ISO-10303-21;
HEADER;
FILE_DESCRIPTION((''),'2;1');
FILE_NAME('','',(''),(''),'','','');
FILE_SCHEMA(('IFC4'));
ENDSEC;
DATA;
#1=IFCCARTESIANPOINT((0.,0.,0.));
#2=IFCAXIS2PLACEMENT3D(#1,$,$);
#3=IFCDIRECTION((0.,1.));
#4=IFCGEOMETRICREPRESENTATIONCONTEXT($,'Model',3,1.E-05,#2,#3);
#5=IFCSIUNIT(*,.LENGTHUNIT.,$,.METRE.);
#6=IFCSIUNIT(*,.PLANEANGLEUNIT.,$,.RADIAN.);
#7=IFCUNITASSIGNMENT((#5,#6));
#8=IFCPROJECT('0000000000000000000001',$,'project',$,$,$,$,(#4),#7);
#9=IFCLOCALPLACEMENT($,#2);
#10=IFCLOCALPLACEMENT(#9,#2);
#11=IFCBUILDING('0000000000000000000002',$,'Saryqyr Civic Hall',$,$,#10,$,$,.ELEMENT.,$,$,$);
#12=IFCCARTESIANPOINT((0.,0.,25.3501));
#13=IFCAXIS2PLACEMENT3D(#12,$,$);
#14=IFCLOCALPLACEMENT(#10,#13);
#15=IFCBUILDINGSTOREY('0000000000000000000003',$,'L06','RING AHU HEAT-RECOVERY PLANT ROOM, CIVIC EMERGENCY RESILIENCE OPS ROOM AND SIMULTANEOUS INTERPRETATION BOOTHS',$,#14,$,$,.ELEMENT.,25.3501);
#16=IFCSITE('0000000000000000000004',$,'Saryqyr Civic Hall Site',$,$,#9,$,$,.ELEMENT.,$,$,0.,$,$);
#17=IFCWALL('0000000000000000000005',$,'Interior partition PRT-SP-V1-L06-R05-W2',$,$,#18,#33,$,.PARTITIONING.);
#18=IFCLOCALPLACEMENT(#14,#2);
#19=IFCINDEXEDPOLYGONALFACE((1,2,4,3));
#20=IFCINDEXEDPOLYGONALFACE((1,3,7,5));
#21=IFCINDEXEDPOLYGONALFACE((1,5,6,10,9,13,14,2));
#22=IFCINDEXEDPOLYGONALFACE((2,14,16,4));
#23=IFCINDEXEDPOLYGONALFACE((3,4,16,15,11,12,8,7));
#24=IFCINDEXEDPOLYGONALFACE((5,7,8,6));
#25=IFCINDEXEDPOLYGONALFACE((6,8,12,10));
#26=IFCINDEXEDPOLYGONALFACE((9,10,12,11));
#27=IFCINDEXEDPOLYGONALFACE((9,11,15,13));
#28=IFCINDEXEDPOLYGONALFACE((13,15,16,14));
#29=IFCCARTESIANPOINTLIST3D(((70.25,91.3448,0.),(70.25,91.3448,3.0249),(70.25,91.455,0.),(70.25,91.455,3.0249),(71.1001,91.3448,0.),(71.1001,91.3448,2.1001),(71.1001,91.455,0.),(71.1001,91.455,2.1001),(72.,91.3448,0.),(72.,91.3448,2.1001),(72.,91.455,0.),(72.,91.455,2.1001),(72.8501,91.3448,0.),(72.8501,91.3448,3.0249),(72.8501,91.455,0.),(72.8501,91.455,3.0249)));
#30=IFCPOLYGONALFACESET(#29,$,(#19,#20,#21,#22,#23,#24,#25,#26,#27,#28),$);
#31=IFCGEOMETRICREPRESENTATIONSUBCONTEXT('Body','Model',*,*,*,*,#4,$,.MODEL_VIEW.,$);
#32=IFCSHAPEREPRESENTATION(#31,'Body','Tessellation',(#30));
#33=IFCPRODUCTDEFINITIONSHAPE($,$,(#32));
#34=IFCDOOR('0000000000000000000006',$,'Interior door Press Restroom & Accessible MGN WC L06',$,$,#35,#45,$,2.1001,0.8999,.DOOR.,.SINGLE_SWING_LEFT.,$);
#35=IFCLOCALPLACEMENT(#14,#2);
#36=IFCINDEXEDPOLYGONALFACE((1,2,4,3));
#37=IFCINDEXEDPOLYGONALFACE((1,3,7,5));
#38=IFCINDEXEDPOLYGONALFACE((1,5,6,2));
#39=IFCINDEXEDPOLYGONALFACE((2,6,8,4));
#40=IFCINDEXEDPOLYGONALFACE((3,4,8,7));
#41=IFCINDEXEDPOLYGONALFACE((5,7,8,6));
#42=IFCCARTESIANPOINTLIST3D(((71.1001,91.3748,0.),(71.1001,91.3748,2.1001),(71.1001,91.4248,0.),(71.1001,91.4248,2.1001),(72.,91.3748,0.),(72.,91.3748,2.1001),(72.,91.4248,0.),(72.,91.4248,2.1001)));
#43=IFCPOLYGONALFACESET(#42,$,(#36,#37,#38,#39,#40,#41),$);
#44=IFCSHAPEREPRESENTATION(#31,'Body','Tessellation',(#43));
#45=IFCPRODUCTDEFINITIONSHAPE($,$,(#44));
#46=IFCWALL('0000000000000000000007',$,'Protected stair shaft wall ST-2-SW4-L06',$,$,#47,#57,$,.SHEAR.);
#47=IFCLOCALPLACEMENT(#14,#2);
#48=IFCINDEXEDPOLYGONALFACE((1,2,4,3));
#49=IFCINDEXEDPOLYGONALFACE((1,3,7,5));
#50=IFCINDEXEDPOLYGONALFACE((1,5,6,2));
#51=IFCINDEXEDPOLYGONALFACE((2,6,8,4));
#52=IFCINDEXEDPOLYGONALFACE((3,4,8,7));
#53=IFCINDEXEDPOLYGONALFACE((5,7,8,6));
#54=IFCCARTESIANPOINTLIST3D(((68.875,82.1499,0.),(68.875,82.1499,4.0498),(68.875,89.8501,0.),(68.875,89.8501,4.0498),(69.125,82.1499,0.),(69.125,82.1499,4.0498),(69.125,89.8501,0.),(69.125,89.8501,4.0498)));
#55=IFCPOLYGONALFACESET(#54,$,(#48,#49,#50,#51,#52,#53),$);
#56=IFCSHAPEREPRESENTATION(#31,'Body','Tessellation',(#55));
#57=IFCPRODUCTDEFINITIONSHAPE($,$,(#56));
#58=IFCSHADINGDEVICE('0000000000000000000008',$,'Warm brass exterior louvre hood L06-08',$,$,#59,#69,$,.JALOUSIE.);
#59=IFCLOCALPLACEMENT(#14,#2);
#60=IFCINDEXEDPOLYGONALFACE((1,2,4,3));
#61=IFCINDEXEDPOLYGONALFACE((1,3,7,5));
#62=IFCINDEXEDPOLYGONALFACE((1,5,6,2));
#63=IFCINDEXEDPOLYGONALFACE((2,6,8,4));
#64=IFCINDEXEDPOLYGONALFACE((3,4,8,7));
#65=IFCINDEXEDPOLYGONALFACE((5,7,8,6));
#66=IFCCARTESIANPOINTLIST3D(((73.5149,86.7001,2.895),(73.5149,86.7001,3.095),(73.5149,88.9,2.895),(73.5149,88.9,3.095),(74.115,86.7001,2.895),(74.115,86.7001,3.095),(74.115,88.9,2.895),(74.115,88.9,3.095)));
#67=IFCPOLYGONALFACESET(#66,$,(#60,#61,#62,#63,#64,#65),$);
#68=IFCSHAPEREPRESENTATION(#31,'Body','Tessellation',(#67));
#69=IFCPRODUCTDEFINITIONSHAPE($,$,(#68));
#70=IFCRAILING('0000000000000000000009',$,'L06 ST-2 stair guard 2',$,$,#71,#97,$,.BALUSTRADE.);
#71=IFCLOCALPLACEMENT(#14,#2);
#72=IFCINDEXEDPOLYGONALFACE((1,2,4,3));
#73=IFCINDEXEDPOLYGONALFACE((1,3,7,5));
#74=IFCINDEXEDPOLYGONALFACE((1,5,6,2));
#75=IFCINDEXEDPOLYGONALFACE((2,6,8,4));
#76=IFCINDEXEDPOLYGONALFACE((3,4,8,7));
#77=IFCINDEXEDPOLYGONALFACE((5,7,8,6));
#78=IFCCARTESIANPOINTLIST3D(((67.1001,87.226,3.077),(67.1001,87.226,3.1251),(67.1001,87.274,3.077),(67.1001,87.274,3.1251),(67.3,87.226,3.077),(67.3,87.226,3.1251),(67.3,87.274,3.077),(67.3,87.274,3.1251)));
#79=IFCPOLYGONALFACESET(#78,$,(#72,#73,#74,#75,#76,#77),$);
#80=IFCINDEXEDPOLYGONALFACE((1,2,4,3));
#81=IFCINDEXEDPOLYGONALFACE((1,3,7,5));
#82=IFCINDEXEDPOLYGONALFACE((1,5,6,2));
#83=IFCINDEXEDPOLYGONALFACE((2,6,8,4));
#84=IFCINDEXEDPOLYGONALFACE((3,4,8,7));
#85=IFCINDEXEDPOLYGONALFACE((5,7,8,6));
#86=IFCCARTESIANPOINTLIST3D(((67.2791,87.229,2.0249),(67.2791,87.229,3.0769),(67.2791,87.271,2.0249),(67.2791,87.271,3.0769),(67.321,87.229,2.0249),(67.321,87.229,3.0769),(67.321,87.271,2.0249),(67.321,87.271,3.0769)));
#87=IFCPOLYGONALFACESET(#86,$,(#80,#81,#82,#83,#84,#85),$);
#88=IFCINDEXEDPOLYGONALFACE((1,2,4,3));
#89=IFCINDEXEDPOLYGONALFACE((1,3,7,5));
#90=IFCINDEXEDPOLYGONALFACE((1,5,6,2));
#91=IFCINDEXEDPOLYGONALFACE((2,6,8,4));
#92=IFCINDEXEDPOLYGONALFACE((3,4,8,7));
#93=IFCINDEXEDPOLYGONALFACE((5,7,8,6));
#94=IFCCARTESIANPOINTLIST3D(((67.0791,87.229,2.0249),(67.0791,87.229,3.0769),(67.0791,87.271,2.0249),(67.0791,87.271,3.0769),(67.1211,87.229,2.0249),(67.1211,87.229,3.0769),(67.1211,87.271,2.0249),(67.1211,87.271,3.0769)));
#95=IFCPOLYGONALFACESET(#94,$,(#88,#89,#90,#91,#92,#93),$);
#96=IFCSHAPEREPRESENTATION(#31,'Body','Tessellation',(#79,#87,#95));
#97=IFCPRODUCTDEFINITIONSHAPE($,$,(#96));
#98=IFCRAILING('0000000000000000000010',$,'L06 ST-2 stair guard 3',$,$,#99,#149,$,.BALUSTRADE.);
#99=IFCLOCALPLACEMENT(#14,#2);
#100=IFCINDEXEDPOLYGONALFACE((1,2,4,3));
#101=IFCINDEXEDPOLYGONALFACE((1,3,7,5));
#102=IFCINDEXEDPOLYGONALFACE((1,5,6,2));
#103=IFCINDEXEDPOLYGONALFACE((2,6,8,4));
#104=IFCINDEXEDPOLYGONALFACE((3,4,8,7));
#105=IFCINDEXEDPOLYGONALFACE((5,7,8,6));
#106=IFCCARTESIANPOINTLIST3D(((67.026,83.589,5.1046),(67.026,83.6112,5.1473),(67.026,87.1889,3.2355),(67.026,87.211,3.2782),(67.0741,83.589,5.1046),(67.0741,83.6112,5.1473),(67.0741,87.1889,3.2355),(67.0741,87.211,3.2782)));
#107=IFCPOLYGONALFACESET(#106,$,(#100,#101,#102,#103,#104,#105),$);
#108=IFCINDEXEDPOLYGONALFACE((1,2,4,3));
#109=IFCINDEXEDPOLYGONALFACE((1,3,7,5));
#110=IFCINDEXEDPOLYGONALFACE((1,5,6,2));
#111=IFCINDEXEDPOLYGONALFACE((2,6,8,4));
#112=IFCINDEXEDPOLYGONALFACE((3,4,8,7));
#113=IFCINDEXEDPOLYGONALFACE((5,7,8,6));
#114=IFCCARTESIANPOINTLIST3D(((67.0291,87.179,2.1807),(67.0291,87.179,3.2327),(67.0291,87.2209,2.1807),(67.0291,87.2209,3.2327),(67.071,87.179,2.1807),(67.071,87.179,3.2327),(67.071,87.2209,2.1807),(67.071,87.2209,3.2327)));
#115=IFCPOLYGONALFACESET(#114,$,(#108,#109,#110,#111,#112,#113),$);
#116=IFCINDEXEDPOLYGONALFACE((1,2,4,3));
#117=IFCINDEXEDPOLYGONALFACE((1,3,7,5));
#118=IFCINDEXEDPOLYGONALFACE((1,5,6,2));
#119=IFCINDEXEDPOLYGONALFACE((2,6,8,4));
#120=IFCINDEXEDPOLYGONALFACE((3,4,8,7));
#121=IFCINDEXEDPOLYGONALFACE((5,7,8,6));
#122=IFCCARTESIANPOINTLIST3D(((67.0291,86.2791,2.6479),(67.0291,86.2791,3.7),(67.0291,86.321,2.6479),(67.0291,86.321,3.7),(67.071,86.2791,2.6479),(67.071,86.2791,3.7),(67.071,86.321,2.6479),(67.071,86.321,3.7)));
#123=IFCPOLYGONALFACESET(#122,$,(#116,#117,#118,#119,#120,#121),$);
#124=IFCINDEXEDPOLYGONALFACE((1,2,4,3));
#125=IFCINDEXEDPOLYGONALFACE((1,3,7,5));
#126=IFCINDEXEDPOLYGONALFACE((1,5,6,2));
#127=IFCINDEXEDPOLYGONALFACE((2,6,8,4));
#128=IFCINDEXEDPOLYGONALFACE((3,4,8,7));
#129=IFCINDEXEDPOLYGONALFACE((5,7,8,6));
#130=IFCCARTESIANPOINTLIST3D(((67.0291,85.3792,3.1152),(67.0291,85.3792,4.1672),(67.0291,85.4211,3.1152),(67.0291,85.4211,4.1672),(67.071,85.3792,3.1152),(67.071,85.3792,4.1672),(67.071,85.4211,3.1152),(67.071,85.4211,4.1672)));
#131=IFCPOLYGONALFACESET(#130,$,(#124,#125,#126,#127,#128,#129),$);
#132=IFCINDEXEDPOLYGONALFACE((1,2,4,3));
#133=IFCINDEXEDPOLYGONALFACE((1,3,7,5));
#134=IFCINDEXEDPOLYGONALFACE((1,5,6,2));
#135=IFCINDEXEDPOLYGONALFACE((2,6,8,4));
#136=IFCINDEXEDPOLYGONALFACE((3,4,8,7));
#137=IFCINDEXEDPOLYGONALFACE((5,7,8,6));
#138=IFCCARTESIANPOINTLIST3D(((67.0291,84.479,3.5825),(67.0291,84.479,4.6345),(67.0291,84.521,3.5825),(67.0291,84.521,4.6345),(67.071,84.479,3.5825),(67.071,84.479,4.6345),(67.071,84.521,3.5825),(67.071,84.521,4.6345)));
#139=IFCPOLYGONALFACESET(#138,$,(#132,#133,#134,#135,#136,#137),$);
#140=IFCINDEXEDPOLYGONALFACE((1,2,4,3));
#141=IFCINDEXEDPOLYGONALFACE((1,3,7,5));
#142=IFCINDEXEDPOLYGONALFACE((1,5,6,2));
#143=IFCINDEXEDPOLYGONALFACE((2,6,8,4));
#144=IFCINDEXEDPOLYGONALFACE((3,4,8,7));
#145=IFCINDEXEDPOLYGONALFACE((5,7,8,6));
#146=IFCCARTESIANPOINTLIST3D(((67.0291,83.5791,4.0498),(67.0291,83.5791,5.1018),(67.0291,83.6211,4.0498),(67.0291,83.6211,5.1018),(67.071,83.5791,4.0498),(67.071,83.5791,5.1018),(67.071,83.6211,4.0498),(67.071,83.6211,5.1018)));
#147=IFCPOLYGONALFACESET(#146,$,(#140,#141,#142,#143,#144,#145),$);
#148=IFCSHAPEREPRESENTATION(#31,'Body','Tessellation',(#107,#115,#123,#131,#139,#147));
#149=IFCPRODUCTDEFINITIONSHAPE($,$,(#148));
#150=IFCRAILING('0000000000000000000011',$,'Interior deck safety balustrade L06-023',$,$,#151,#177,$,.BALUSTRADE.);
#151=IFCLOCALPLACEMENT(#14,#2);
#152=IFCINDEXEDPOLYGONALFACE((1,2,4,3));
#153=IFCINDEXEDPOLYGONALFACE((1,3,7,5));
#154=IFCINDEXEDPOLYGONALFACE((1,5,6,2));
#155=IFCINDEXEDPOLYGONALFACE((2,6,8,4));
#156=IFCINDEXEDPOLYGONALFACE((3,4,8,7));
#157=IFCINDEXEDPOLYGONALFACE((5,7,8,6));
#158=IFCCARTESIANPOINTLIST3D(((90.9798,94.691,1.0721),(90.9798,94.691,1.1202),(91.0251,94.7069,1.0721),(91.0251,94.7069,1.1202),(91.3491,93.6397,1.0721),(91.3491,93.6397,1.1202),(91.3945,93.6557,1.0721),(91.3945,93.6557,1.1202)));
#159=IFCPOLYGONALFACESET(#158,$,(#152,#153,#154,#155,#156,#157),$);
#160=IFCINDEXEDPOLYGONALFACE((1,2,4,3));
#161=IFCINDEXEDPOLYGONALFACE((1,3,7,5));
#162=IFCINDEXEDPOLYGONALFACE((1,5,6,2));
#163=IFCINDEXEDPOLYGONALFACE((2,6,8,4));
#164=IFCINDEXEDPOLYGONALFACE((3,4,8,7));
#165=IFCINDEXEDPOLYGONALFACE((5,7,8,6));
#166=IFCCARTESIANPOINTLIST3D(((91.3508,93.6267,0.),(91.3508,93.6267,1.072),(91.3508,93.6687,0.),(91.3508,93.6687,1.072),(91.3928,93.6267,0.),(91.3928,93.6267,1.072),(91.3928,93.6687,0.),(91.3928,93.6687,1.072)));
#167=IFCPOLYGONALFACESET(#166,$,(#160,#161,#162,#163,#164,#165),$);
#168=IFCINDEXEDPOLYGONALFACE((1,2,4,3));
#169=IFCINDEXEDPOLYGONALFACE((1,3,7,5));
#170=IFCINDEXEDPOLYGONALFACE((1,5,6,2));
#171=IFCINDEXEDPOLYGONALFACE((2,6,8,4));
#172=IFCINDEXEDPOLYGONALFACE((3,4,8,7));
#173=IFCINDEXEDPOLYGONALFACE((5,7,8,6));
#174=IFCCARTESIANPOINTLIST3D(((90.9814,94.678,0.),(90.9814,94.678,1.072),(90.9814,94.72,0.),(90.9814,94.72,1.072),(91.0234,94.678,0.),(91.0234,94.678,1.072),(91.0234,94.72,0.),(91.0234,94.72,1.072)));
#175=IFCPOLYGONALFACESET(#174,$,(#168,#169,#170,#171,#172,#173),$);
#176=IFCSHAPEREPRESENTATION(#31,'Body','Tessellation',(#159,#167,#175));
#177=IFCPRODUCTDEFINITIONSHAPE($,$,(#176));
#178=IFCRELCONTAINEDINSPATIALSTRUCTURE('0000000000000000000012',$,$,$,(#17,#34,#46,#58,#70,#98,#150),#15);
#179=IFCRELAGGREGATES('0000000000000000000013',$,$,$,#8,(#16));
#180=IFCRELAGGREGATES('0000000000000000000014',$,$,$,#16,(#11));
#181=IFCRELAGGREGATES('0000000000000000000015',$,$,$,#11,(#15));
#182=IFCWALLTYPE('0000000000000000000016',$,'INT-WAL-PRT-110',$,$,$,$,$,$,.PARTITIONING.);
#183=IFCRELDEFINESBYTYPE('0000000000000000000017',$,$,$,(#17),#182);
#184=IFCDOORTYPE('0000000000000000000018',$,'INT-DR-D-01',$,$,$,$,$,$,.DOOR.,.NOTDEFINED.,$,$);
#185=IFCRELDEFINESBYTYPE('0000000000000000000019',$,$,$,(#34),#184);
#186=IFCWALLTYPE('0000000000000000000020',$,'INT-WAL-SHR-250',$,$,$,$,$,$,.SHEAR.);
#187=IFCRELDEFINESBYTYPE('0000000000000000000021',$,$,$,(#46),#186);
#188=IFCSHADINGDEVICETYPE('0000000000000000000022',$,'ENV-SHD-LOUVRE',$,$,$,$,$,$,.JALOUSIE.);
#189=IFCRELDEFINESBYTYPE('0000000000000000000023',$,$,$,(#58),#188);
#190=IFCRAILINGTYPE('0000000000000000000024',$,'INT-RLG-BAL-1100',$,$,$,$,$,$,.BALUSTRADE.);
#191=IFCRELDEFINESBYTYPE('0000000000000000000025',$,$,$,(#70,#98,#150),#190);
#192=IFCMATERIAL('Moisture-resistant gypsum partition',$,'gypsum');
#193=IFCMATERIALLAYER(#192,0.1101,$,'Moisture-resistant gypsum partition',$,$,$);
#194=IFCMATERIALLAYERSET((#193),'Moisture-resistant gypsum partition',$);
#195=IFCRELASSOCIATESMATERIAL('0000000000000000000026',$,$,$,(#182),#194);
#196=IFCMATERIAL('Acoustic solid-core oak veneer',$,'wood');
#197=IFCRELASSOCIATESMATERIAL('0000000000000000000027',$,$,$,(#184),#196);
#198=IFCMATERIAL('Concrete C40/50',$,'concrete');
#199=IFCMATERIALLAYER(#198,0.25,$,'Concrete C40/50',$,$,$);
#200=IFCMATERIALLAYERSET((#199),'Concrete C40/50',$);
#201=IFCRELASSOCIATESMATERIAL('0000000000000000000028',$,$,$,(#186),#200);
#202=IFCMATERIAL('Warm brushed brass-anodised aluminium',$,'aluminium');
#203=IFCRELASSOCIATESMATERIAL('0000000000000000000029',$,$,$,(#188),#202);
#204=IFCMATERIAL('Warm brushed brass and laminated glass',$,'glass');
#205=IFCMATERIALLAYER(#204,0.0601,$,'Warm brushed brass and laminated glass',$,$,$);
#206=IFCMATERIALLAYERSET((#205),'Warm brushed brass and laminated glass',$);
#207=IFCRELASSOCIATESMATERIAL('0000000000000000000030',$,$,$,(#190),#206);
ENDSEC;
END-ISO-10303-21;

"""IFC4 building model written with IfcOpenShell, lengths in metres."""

from ifc_helpers import new_model, si_unit, direction, frame, frame_2d, origin, origin_2d, place, context, subcontext, project, spatial, rectangle, extrude, material, layer, layer_set, type_object, element, fill, save


model = new_model("IFC4")

# Units and contexts
model_context = context("Model", 3, precision=1e-05, world=origin(), true_north=direction((0.0, 1.0)))
body_context = subcontext(model_context, "Body", "Model", "MODEL_VIEW")
ifc_project = project(units=[si_unit("LENGTHUNIT", "METRE"), si_unit("PLANEANGLEUNIT", "RADIAN")], contexts=[model_context])

# Site, building, storey
site_placement = place(None, origin())
site = spatial("IfcSite", under=ifc_project, at=site_placement, Name="Saryqyr Civic Hall Site", CompositionType="ELEMENT", RefElevation=0.0)
building_placement = place(site_placement, origin())
building = spatial("IfcBuilding", under=site, at=building_placement, Name="Saryqyr Civic Hall", CompositionType="ELEMENT")
storey_placement = place(building_placement, frame((0.0, 0.0, 25.3501)))
storey = spatial("IfcBuildingStorey", under=building, at=storey_placement, Name="L06", Description="RING AHU HEAT-RECOVERY PLANT ROOM, CIVIC EMERGENCY RESILIENCE OPS ROOM AND SIMULTANEOUS INTERPRETATION BOOTHS", CompositionType="ELEMENT", Elevation=25.3501)

# Shared definitions
ifc_material_1 = material(Name="Concrete C40/50", Category="concrete")

# Shared definitions
ifc_material_2 = material(Name="Warm brushed brass-anodised aluminium", Category="aluminium")

# Shared definitions
ifc_material_3 = material(Name="Moisture-resistant gypsum partition", Category="gypsum")
ifc_layer_1 = layer(ifc_material_3, 0.1101, Name="Moisture-resistant gypsum partition")
ifc_layer_set_1 = layer_set([ifc_layer_1], Name="Moisture-resistant gypsum partition")
wall_type_1 = type_object("IfcWallType", Name="INT-WAL-PRT-110", PredefinedType="PARTITIONING", material=ifc_layer_set_1)

# Wall, opening, door
wall_1_placement = place(storey_placement, frame((70.25, 91.3999, 0.0), z_axis=(0.0, 0.0, 1.0), x_axis=(1.0, 0.0, 0.0)))
wall_1 = element("IfcWall", 1, at=wall_1_placement, inside=storey, type_object=wall_type_1, Name="Interior partition PRT-SP-V1-L06-R05-W2", PredefinedType="PARTITIONING", context=body_context, shape_type="SweptSolid", body=[
    extrude(rectangle(XDim=2.6001, YDim=0.1101, at=frame_2d((1.3, 0.0))), origin(), (0.0, 0.0, 1.0), 3.0249),
])
opening_1_placement = place(wall_1_placement, frame((0.8501, 0.0, 0.0)))
opening_1 = element("IfcOpeningElement", 2, at=opening_1_placement, cuts=wall_1, PredefinedType="OPENING", context=body_context, shape_type="SweptSolid", body=[
    extrude(rectangle(XDim=0.8999, YDim=2.1001, at=frame_2d((0.45, 1.05))), frame((0.0, 0.0649, 0.0), z_axis=(0.0, -1.0, 0.0), x_axis=(1.0, 0.0, 0.0)), (0.0, 0.0, 1.0), 0.1301),
])
ifc_material_4 = material(Name="Acoustic solid-core oak veneer", Category="wood")
door_type = type_object("IfcDoorType", Name="INT-DR-D-01", OperationType="NOTDEFINED", PredefinedType="DOOR", material=ifc_material_4)
door_placement = place(opening_1_placement, origin())
door = element("IfcDoor", 3, at=door_placement, inside=storey, type_object=door_type, Name="Interior door Press Restroom & Accessible MGN WC L06", OperationType="SINGLE_SWING_LEFT", OverallHeight=2.1001, OverallWidth=0.8999, PredefinedType="DOOR", context=body_context, shape_type="SweptSolid", body=[
    extrude(rectangle(XDim=0.8999, YDim=2.1001, at=frame_2d((0.45, 1.05))), frame((0.0, 0.0249, 0.0), z_axis=(0.0, -1.0, 0.0), x_axis=(1.0, 0.0, 0.0)), (0.0, 0.0, 1.0), 0.05),
])
fill(opening_1, door)

# Wall
ifc_layer_2 = layer(ifc_material_1, 0.25, Name="Concrete C40/50")
ifc_layer_set_2 = layer_set([ifc_layer_2], Name="Concrete C40/50")
wall_type_2 = type_object("IfcWallType", Name="INT-WAL-SHR-250", PredefinedType="SHEAR", material=ifc_layer_set_2)
wall_2_placement = place(storey_placement, frame((69.0, 89.8501, 0.0), z_axis=(0.0, 0.0, 1.0), x_axis=(0.0, -1.0, 0.0)))
element("IfcWall", 4, at=wall_2_placement, inside=storey, type_object=wall_type_2, Name="Protected stair shaft wall ST-2-SW4-L06", PredefinedType="SHEAR", context=body_context, shape_type="SweptSolid", body=[
    extrude(rectangle(XDim=7.7002, YDim=0.25, at=frame_2d((3.8501, 0.0))), origin(), (0.0, 0.0, 1.0), 4.0498),
])

# Shading device
shading_device_type = type_object("IfcShadingDeviceType", Name="ENV-SHD-LOUVRE", PredefinedType="JALOUSIE", material=ifc_material_2)
shading_device_placement = place(storey_placement, frame((73.8149, 87.8, 2.895), z_axis=(0.0, 0.0, 1.0), x_axis=(0.0, -1.0, 0.0)))
element("IfcShadingDevice", 5, at=shading_device_placement, inside=storey, type_object=shading_device_type, Name="Warm brass exterior louvre hood L06-08", PredefinedType="JALOUSIE", context=body_context, shape_type="SweptSolid", body=[
    extrude(rectangle(XDim=2.2, YDim=0.6001, at=origin_2d()), origin(), (0.0, 0.0, 1.0), 0.2),
])

# Railings
ifc_material_5 = material(Name="Warm brushed brass and laminated glass", Category="glass")
ifc_layer_3 = layer(ifc_material_5, 0.0601, Name="Warm brushed brass and laminated glass")
ifc_layer_set_3 = layer_set([ifc_layer_3], Name="Warm brushed brass and laminated glass")
railing_type = type_object("IfcRailingType", Name="INT-RLG-BAL-1100", PredefinedType="BALUSTRADE", material=ifc_layer_set_3)
railing_1_placement = place(storey_placement, frame((67.3, 87.25, 2.0249)))
element("IfcRailing", 6, at=railing_1_placement, inside=storey, type_object=railing_type, Name="L06 ST-2 stair guard 2", PredefinedType="BALUSTRADE", context=body_context, shape_type="SweptSolid", body=[
    extrude(rectangle(XDim=0.0481, YDim=0.0481, at=origin_2d()), frame((0.0, 0.0, 1.0762), z_axis=(-1.0, 0.0, 0.0), x_axis=(0.0, -1.0, 0.0)), (0.0, 0.0, 1.0), 0.2),
    extrude(rectangle(XDim=0.042, YDim=0.042, at=origin_2d()), origin(), (0.0, 0.0, 1.0), 1.052),
    extrude(rectangle(XDim=0.042, YDim=0.042, at=origin_2d()), frame((-0.2, 0.0, 0.0)), (0.0, 0.0, 1.0), 1.052),
])
railing_2_placement = place(storey_placement, frame((67.05, 87.2, 2.1807)))
element("IfcRailing", 7, at=railing_2_placement, inside=storey, type_object=railing_type, Name="L06 ST-2 stair guard 3", PredefinedType="BALUSTRADE", context=body_context, shape_type="SweptSolid", body=[
    extrude(rectangle(XDim=0.0481, YDim=0.0481, at=origin_2d()), frame((0.0, 0.0, 1.0762), z_axis=(0.0, -0.887497, 0.460813), x_axis=(1.0, 0.0, 0.0)), (0.0, 0.0, 1.0), 4.0562),
    extrude(rectangle(XDim=0.042, YDim=0.042, at=origin_2d()), origin(), (0.0, 0.0, 1.0), 1.052),
    extrude(rectangle(XDim=0.042, YDim=0.042, at=origin_2d()), frame((0.0, -0.8999, 0.4673)), (0.0, 0.0, 1.0), 1.052),
    extrude(rectangle(XDim=0.042, YDim=0.042, at=origin_2d()), frame((0.0, -1.7998, 0.9346)), (0.0, 0.0, 1.0), 1.052),
    extrude(rectangle(XDim=0.042, YDim=0.042, at=origin_2d()), frame((0.0, -2.7, 1.4019)), (0.0, 0.0, 1.0), 1.052),
    extrude(rectangle(XDim=0.042, YDim=0.042, at=origin_2d()), frame((0.0, -3.5999, 1.8691)), (0.0, 0.0, 1.0), 1.052),
])
railing_3_placement = place(storey_placement, frame((91.3718, 93.6477, 0.0)))
element("IfcRailing", 8, at=railing_3_placement, inside=storey, type_object=railing_type, Name="Interior deck safety balustrade L06-023", PredefinedType="BALUSTRADE", context=body_context, shape_type="SweptSolid", body=[
    extrude(rectangle(XDim=0.0481, YDim=0.0481, at=origin_2d()), frame((0.0, 0.0, 1.0962), z_axis=(-0.331502, 0.943455, 0.0), x_axis=(-0.943455, -0.331502, 0.0)), (0.0, 0.0, 1.0), 1.1143),
    extrude(rectangle(XDim=0.042, YDim=0.042, at=origin_2d()), origin(), (0.0, 0.0, 1.0), 1.072),
    extrude(rectangle(XDim=0.042, YDim=0.042, at=origin_2d()), frame((-0.3694, 1.0513, 0.0)), (0.0, 0.0, 1.0), 1.072),
])

save(model, "model.ifc")
